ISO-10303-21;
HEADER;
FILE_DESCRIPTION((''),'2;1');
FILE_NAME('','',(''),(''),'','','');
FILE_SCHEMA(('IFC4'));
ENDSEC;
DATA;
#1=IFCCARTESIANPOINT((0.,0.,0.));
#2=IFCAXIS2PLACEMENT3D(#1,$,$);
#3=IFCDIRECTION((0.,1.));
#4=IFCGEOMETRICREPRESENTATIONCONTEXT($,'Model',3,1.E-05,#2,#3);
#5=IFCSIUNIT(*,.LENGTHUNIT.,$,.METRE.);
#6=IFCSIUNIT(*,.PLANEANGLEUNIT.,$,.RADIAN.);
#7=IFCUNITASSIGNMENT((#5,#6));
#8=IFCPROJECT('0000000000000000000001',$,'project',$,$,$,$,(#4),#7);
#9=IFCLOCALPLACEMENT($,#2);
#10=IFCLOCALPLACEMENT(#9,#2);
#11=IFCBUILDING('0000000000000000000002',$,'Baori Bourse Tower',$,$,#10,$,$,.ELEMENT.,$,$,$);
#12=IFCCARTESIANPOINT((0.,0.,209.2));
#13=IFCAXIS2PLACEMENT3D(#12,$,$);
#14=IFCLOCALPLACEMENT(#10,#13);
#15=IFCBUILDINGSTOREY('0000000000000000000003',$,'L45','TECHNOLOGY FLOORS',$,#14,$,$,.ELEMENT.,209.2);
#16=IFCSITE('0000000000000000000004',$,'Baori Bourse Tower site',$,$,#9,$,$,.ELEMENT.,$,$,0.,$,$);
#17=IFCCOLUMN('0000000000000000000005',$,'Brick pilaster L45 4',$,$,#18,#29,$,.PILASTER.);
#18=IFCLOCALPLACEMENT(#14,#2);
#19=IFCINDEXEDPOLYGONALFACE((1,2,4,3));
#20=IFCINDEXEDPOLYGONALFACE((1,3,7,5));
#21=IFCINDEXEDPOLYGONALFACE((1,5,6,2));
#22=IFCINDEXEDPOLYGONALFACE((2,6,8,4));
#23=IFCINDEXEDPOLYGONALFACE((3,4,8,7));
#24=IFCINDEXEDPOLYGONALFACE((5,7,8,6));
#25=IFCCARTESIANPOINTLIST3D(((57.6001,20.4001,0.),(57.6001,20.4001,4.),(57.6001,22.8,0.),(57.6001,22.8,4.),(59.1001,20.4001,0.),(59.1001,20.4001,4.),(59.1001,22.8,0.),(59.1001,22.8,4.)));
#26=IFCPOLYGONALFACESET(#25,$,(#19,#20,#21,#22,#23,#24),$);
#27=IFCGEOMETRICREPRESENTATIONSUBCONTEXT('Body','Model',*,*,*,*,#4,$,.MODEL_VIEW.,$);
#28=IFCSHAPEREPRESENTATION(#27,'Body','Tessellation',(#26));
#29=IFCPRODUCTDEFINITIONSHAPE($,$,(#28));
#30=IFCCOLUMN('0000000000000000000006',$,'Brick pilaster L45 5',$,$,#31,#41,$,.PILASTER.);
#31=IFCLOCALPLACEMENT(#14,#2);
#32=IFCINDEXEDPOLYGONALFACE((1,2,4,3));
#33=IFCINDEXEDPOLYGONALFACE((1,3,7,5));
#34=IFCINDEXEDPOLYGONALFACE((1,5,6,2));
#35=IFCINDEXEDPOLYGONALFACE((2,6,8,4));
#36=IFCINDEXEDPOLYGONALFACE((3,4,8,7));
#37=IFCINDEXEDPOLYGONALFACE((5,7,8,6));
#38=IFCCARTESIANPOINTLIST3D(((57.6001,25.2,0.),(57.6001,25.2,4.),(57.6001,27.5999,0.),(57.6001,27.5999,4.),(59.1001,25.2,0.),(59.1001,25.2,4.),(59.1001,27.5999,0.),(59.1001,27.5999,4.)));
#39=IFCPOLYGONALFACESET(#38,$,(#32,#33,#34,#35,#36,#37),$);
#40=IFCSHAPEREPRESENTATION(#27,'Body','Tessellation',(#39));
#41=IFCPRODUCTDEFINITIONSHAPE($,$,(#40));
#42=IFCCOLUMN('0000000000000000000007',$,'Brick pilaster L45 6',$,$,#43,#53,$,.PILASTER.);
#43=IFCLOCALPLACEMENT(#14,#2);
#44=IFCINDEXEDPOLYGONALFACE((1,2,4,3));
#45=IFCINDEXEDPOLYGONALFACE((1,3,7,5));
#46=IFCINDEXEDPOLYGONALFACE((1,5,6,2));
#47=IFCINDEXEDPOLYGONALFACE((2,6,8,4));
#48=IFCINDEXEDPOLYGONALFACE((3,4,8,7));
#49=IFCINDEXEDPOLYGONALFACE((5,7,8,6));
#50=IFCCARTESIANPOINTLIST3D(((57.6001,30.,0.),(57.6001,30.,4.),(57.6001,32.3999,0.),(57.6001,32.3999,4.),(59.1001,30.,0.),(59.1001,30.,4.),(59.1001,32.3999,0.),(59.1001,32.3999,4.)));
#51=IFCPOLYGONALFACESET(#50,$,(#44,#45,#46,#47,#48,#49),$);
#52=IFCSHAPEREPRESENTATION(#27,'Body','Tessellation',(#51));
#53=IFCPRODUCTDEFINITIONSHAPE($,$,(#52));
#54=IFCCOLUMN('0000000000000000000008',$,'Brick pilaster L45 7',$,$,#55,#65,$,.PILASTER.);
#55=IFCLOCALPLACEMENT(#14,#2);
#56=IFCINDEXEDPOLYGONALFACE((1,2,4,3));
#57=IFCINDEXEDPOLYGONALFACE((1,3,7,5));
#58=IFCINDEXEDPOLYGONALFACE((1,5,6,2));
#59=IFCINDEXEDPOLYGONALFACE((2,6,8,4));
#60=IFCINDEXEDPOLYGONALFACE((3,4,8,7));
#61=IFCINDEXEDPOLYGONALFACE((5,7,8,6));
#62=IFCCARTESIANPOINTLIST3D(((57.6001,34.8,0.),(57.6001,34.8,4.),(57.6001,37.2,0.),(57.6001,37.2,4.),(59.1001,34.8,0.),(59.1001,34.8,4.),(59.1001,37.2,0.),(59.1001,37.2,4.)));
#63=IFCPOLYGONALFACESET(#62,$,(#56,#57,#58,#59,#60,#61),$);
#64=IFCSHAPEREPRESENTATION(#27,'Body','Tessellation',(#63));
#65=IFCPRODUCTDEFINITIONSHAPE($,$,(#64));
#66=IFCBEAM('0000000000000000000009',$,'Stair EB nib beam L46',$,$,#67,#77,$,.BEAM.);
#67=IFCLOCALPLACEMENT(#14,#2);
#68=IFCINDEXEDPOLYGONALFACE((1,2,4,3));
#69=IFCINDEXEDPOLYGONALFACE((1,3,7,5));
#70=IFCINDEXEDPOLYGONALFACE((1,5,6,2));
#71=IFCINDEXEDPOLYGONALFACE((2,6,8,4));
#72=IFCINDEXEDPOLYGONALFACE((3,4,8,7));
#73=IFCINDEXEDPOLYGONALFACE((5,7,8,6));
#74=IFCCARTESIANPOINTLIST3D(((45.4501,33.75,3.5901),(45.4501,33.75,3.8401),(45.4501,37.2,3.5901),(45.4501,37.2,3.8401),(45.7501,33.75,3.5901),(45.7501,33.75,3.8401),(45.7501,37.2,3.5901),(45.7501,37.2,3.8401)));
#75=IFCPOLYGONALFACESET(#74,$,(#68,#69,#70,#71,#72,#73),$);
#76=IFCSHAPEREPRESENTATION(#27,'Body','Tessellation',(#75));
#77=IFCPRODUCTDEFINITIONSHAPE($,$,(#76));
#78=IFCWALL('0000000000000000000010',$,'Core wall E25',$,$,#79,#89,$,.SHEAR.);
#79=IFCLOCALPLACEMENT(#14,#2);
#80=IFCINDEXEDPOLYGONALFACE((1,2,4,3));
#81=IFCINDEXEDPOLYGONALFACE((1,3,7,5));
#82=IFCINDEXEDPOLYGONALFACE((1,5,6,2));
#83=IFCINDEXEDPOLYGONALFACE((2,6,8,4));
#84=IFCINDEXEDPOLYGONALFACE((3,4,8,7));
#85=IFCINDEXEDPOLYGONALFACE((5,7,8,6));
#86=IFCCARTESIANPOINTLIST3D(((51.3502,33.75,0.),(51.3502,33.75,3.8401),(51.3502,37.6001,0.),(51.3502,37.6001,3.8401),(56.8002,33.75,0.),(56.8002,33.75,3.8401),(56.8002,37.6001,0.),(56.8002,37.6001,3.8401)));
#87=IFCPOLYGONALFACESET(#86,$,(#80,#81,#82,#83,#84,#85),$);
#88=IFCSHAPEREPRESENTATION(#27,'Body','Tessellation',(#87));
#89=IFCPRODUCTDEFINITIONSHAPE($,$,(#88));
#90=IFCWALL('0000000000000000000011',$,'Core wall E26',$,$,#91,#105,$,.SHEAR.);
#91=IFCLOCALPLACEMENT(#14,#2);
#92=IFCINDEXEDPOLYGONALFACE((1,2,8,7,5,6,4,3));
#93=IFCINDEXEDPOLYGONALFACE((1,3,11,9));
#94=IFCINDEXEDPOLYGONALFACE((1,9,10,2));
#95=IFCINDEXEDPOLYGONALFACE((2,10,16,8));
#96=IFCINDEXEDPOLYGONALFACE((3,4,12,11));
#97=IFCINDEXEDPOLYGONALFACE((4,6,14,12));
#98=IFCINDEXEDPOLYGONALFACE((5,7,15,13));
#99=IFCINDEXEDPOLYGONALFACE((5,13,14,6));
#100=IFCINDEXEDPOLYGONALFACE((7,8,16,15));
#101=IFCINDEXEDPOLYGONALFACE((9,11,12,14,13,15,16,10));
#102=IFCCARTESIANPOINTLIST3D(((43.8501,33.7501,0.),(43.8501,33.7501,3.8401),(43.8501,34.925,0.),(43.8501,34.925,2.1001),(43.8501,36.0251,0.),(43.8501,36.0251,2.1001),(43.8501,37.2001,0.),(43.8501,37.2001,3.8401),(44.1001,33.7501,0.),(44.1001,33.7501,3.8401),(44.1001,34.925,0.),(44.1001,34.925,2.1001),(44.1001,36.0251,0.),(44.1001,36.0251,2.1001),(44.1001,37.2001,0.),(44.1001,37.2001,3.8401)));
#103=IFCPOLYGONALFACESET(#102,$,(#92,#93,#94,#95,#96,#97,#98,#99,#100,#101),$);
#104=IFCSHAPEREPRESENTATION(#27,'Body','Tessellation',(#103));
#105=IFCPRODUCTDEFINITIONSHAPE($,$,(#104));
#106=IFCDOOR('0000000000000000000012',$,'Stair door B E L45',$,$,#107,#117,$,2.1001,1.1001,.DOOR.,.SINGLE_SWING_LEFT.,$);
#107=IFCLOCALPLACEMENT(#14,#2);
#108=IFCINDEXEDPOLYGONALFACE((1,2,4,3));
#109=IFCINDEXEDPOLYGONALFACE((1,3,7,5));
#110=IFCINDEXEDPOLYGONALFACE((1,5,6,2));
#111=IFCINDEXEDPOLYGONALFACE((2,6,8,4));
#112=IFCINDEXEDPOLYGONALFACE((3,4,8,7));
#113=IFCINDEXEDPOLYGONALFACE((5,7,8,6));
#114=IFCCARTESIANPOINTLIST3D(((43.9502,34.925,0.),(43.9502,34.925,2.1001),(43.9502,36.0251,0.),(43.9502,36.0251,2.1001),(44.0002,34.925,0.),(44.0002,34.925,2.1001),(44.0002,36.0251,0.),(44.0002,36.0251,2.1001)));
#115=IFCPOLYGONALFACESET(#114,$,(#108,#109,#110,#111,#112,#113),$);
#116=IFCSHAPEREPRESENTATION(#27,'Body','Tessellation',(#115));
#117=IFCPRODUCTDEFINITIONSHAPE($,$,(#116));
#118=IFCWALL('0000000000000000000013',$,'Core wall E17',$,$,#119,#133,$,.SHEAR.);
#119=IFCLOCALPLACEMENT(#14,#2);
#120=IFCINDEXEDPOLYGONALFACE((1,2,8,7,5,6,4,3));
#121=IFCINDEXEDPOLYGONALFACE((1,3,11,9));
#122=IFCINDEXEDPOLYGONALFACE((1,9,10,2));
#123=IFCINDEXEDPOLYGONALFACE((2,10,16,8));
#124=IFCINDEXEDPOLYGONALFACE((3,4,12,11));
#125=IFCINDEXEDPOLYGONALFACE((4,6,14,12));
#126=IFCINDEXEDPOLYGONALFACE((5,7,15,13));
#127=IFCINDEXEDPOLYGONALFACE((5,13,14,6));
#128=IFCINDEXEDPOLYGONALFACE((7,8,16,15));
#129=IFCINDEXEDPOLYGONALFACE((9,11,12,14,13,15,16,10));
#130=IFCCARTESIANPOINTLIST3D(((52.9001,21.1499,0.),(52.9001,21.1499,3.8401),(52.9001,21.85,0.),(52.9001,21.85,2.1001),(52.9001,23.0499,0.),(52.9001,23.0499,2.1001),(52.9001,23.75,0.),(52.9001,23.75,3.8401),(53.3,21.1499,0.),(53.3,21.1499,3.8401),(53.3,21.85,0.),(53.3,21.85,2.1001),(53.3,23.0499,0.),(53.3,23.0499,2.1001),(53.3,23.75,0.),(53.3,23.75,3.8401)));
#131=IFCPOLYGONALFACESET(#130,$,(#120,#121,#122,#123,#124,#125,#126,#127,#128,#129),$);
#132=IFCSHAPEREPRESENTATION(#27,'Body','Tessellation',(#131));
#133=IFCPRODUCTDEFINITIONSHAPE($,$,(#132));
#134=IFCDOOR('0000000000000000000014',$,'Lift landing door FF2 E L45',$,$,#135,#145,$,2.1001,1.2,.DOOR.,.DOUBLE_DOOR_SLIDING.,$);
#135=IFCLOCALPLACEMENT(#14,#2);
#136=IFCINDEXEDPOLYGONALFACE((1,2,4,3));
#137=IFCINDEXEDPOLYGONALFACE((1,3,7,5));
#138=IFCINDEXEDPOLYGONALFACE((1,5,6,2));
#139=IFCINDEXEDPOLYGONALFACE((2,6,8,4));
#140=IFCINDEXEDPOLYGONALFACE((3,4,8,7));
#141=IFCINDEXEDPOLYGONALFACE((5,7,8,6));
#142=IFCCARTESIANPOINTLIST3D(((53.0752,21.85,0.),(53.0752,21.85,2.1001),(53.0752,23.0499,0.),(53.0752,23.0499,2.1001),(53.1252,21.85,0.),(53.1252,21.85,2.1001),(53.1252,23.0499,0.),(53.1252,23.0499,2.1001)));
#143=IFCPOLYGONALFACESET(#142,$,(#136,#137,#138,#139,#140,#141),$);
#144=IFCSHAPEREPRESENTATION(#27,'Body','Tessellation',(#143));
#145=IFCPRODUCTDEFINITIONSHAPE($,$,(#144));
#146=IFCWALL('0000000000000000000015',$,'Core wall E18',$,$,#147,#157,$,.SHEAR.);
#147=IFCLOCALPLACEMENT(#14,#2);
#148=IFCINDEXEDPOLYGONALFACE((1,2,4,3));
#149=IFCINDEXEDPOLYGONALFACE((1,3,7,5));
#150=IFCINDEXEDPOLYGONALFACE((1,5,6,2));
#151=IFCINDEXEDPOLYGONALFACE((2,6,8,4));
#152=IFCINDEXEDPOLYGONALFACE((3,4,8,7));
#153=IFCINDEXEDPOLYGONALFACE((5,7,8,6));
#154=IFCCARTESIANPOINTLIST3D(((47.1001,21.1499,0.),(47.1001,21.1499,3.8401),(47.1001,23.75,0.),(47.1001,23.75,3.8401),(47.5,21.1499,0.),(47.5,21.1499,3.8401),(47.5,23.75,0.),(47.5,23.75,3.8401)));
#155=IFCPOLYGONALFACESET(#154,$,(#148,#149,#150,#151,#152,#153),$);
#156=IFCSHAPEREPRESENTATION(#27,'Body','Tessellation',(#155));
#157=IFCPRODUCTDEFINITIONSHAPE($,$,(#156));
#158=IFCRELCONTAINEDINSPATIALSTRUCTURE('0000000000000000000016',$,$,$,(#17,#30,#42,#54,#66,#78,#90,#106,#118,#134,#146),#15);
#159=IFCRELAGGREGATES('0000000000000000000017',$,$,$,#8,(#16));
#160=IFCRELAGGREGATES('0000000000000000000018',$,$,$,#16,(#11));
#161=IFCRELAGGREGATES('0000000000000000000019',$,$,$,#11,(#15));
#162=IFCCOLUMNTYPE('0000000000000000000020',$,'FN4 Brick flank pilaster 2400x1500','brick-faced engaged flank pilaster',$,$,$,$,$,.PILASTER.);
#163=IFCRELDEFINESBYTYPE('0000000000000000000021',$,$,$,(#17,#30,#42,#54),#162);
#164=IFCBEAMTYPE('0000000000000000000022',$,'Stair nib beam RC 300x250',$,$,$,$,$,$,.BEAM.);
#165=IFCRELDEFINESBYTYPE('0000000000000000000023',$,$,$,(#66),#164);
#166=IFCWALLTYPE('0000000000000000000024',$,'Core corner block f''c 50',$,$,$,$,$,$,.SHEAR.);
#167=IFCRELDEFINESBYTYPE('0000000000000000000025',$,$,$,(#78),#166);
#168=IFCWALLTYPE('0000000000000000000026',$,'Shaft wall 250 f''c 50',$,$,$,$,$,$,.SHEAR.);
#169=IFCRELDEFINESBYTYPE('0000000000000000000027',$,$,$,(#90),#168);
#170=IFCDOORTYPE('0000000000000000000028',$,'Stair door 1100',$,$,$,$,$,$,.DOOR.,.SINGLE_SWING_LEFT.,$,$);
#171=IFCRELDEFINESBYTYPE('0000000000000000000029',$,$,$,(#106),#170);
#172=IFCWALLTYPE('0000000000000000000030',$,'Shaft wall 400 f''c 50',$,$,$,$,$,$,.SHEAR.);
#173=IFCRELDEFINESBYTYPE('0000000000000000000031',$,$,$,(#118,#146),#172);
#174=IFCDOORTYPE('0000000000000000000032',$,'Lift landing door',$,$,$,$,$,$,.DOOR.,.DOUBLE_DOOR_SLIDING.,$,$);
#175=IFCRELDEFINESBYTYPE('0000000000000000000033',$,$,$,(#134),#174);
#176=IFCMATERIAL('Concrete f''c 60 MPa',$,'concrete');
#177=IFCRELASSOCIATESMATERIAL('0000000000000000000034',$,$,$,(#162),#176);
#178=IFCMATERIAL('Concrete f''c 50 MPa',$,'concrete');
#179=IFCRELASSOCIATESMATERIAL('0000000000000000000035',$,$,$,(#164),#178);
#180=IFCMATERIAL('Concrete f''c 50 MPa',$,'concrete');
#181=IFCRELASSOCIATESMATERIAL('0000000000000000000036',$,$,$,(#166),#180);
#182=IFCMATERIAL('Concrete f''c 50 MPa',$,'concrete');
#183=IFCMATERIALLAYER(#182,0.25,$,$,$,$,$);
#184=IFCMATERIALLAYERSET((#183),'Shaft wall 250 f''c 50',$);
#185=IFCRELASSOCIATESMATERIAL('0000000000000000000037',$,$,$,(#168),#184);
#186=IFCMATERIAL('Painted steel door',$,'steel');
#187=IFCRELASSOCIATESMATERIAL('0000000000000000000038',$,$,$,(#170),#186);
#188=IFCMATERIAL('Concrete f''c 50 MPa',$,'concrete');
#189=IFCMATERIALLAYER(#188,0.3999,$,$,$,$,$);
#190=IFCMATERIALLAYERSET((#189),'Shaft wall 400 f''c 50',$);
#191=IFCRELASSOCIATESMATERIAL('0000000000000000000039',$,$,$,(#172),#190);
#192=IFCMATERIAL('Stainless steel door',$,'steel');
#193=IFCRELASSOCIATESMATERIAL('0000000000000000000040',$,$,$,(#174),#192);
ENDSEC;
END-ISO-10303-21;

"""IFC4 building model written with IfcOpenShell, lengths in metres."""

from ifc_helpers import new_model, si_unit, direction, frame, frame_2d, origin, origin_2d, place, context, subcontext, project, spatial, rectangle, extrude, material, layer, layer_set, material_profile, profile_set, type_object, element, fill, save


model = new_model("IFC4")

# Units and contexts
model_context = context("Model", 3, precision=1e-05, world=origin(), true_north=direction((0.0, 1.0)))
body_context = subcontext(model_context, "Body", "Model", "MODEL_VIEW")
ifc_project = project(units=[si_unit("LENGTHUNIT", "METRE"), si_unit("PLANEANGLEUNIT", "RADIAN")], contexts=[model_context])

# Site, building, storey
site_placement = place(None, origin())
site = spatial("IfcSite", under=ifc_project, at=site_placement, Name="Baori Bourse Tower site", CompositionType="ELEMENT", RefElevation=0.0)
building_placement = place(site_placement, origin())
building = spatial("IfcBuilding", under=site, at=building_placement, Name="Baori Bourse Tower", CompositionType="ELEMENT")
storey_placement = place(building_placement, frame((0.0, 0.0, 209.2)))
storey = spatial("IfcBuildingStorey", under=building, at=storey_placement, Name="L45", Description="TECHNOLOGY FLOORS", CompositionType="ELEMENT", Elevation=209.2)

# Columns
ifc_material_1 = material(Name="Concrete f'c 60 MPa", Category="concrete")
ifc_material_profile_1 = material_profile(ifc_material_1, rectangle(XDim=2.3999, YDim=1.5, at=origin_2d()), Name="RC 2400x1500")
ifc_profile_set_1 = profile_set([ifc_material_profile_1], Name="Concrete f'c 60 MPa")
column_type = type_object("IfcColumnType", Name="FN4 Brick flank pilaster 2400x1500", Description="brick-faced engaged flank pilaster", PredefinedType="PILASTER", material=ifc_profile_set_1)
for number, where, z_axis, x_axis, name in (
    (1, (58.3501, 21.6001, 0.0), (0.0, 0.0, 1.0), (0.0, 1.0, 0.0), "Brick pilaster L45 4"),
    (2, (58.3501, 26.3999, 0.0), (0.0, 0.0, 1.0), (0.0, 1.0, 0.0), "Brick pilaster L45 5"),
    (3, (58.3501, 31.2, 0.0), (0.0, 0.0, 1.0), (0.0, 1.0, 0.0), "Brick pilaster L45 6"),
    (4, (58.3501, 36.0, 0.0), (0.0, 0.0, 1.0), (0.0, 1.0, 0.0), "Brick pilaster L45 7"),
):
    element("IfcColumn", number, at=place(storey_placement, frame(where, z_axis=z_axis, x_axis=x_axis)), inside=storey, type_object=column_type, Name=name, PredefinedType="PILASTER", context=body_context, shape_type="SweptSolid", body=[
        extrude(rectangle(XDim=2.3999, YDim=1.5, at=origin_2d()), origin(), (0.0, 0.0, 1.0), 4.0),
    ])

# Beam
ifc_material_2 = material(Name="Concrete f'c 50 MPa", Category="concrete")
ifc_material_profile_2 = material_profile(ifc_material_2, rectangle(XDim=0.3, YDim=0.25, at=origin_2d()), Name="RC 300x250")
ifc_profile_set_2 = profile_set([ifc_material_profile_2], Name="Concrete f'c 50 MPa")
beam_type = type_object("IfcBeamType", Name="Stair nib beam RC 300x250", PredefinedType="BEAM", material=ifc_profile_set_2)
beam_placement = place(storey_placement, frame((45.6001, 33.75, 3.7151), z_axis=(0.0, 1.0, 0.0), x_axis=(-1.0, 0.0, 0.0)))
element("IfcBeam", 5, at=beam_placement, inside=storey, type_object=beam_type, Name="Stair EB nib beam L46", PredefinedType="BEAM", context=body_context, shape_type="SweptSolid", body=[
    extrude(rectangle(XDim=0.3, YDim=0.25, at=origin_2d()), origin(), (0.0, 0.0, 1.0), 3.45),
])

# Wall
ifc_material_3 = material(Name="Concrete f'c 50 MPa", Category="concrete")
wall_type_1 = type_object("IfcWallType", Name="Core corner block f'c 50", PredefinedType="SHEAR", material=ifc_material_3)
wall_1_placement = place(storey_placement, frame((51.3501, 35.675, 0.0), z_axis=(0.0, 0.0, 1.0), x_axis=(1.0, 0.0, 0.0)))
element("IfcWall", 6, at=wall_1_placement, inside=storey, type_object=wall_type_1, Name="Core wall E25", PredefinedType="SHEAR", context=body_context, shape_type="SweptSolid", body=[
    extrude(rectangle(XDim=5.45, YDim=3.8501, at=frame_2d((2.7251, 0.0))), origin(), (0.0, 0.0, 1.0), 3.8401),
])

# Walls, openings, doors
ifc_material_4 = material(Name="Concrete f'c 50 MPa", Category="concrete")
ifc_layer_1 = layer(ifc_material_4, 0.25)
ifc_layer_set_1 = layer_set([ifc_layer_1], Name="Shaft wall 250 f'c 50")
wall_type_2 = type_object("IfcWallType", Name="Shaft wall 250 f'c 50", PredefinedType="SHEAR", material=ifc_layer_set_1)
wall_2_placement = place(storey_placement, frame((43.9751, 33.75, 0.0), z_axis=(0.0, 0.0, 1.0), x_axis=(0.0, 1.0, 0.0)))
wall_2 = element("IfcWall", 7, at=wall_2_placement, inside=storey, type_object=wall_type_2, Name="Core wall E26", PredefinedType="SHEAR", context=body_context, shape_type="SweptSolid", body=[
    extrude(rectangle(XDim=3.45, YDim=0.25, at=frame_2d((1.7251, 0.0))), origin(), (0.0, 0.0, 1.0), 3.8401),
])
opening_1_placement = place(wall_2_placement, frame((1.175, 0.0, 0.0)))
opening_1 = element("IfcOpeningElement", 8, at=opening_1_placement, cuts=wall_2, PredefinedType="OPENING", context=body_context, shape_type="SweptSolid", body=[
    extrude(rectangle(XDim=1.1001, YDim=2.1001, at=frame_2d((0.55, 1.05))), frame((0.0, 0.135, 0.0), z_axis=(0.0, -1.0, 0.0), x_axis=(1.0, 0.0, 0.0)), (0.0, 0.0, 1.0), 0.27),
])
ifc_material_5 = material(Name="Painted steel door", Category="steel")
door_type_1 = type_object("IfcDoorType", Name="Stair door 1100", OperationType="SINGLE_SWING_LEFT", PredefinedType="DOOR", material=ifc_material_5)
door_1_placement = place(opening_1_placement, origin())
door_1 = element("IfcDoor", 9, at=door_1_placement, inside=storey, type_object=door_type_1, Name="Stair door B E L45", OperationType="SINGLE_SWING_LEFT", OverallHeight=2.1001, OverallWidth=1.1001, PredefinedType="DOOR", context=body_context, shape_type="SweptSolid", body=[
    extrude(rectangle(XDim=1.1001, YDim=2.1001, at=frame_2d((0.55, 1.05))), frame((0.0, 0.0249, 0.0), z_axis=(0.0, -1.0, 0.0), x_axis=(1.0, 0.0, 0.0)), (0.0, 0.0, 1.0), 0.05),
])
fill(opening_1, door_1)
ifc_material_6 = material(Name="Concrete f'c 50 MPa", Category="concrete")
ifc_layer_2 = layer(ifc_material_6, 0.3999)
ifc_layer_set_2 = layer_set([ifc_layer_2], Name="Shaft wall 400 f'c 50")
wall_type_3 = type_object("IfcWallType", Name="Shaft wall 400 f'c 50", PredefinedType="SHEAR", material=ifc_layer_set_2)
wall_3_placement = place(storey_placement, frame((53.1001, 21.1499, 0.0), z_axis=(0.0, 0.0, 1.0), x_axis=(0.0, 1.0, 0.0)))
wall_3 = element("IfcWall", 10, at=wall_3_placement, inside=storey, type_object=wall_type_3, Name="Core wall E17", PredefinedType="SHEAR", context=body_context, shape_type="SweptSolid", body=[
    extrude(rectangle(XDim=2.6001, YDim=0.3999, at=frame_2d((1.3, 0.0))), origin(), (0.0, 0.0, 1.0), 3.8401),
])
opening_2_placement = place(wall_3_placement, frame((0.7, 0.0, 0.0)))
opening_2 = element("IfcOpeningElement", 11, at=opening_2_placement, cuts=wall_3, PredefinedType="OPENING", context=body_context, shape_type="SweptSolid", body=[
    extrude(rectangle(XDim=1.2, YDim=2.1001, at=frame_2d((0.6001, 1.05))), frame((0.0, 0.21, 0.0), z_axis=(0.0, -1.0, 0.0), x_axis=(1.0, 0.0, 0.0)), (0.0, 0.0, 1.0), 0.4199),
])
ifc_material_7 = material(Name="Stainless steel door", Category="steel")
door_type_2 = type_object("IfcDoorType", Name="Lift landing door", OperationType="DOUBLE_DOOR_SLIDING", PredefinedType="DOOR", material=ifc_material_7)
door_2_placement = place(opening_2_placement, origin())
door_2 = element("IfcDoor", 12, at=door_2_placement, inside=storey, type_object=door_type_2, Name="Lift landing door FF2 E L45", OperationType="DOUBLE_DOOR_SLIDING", OverallHeight=2.1001, OverallWidth=1.2, PredefinedType="DOOR", context=body_context, shape_type="SweptSolid", body=[
    extrude(rectangle(XDim=1.2, YDim=2.1001, at=frame_2d((0.6001, 1.05))), frame((0.0, 0.0249, 0.0), z_axis=(0.0, -1.0, 0.0), x_axis=(1.0, 0.0, 0.0)), (0.0, 0.0, 1.0), 0.05),
])
fill(opening_2, door_2)

# Wall
wall_4_placement = place(storey_placement, frame((47.3, 21.1499, 0.0), z_axis=(0.0, 0.0, 1.0), x_axis=(0.0, 1.0, 0.0)))
element("IfcWall", 13, at=wall_4_placement, inside=storey, type_object=wall_type_3, Name="Core wall E18", PredefinedType="SHEAR", context=body_context, shape_type="SweptSolid", body=[
    extrude(rectangle(XDim=2.6001, YDim=0.3999, at=frame_2d((1.3, 0.0))), origin(), (0.0, 0.0, 1.0), 3.8401),
])

save(model, "model.ifc")
